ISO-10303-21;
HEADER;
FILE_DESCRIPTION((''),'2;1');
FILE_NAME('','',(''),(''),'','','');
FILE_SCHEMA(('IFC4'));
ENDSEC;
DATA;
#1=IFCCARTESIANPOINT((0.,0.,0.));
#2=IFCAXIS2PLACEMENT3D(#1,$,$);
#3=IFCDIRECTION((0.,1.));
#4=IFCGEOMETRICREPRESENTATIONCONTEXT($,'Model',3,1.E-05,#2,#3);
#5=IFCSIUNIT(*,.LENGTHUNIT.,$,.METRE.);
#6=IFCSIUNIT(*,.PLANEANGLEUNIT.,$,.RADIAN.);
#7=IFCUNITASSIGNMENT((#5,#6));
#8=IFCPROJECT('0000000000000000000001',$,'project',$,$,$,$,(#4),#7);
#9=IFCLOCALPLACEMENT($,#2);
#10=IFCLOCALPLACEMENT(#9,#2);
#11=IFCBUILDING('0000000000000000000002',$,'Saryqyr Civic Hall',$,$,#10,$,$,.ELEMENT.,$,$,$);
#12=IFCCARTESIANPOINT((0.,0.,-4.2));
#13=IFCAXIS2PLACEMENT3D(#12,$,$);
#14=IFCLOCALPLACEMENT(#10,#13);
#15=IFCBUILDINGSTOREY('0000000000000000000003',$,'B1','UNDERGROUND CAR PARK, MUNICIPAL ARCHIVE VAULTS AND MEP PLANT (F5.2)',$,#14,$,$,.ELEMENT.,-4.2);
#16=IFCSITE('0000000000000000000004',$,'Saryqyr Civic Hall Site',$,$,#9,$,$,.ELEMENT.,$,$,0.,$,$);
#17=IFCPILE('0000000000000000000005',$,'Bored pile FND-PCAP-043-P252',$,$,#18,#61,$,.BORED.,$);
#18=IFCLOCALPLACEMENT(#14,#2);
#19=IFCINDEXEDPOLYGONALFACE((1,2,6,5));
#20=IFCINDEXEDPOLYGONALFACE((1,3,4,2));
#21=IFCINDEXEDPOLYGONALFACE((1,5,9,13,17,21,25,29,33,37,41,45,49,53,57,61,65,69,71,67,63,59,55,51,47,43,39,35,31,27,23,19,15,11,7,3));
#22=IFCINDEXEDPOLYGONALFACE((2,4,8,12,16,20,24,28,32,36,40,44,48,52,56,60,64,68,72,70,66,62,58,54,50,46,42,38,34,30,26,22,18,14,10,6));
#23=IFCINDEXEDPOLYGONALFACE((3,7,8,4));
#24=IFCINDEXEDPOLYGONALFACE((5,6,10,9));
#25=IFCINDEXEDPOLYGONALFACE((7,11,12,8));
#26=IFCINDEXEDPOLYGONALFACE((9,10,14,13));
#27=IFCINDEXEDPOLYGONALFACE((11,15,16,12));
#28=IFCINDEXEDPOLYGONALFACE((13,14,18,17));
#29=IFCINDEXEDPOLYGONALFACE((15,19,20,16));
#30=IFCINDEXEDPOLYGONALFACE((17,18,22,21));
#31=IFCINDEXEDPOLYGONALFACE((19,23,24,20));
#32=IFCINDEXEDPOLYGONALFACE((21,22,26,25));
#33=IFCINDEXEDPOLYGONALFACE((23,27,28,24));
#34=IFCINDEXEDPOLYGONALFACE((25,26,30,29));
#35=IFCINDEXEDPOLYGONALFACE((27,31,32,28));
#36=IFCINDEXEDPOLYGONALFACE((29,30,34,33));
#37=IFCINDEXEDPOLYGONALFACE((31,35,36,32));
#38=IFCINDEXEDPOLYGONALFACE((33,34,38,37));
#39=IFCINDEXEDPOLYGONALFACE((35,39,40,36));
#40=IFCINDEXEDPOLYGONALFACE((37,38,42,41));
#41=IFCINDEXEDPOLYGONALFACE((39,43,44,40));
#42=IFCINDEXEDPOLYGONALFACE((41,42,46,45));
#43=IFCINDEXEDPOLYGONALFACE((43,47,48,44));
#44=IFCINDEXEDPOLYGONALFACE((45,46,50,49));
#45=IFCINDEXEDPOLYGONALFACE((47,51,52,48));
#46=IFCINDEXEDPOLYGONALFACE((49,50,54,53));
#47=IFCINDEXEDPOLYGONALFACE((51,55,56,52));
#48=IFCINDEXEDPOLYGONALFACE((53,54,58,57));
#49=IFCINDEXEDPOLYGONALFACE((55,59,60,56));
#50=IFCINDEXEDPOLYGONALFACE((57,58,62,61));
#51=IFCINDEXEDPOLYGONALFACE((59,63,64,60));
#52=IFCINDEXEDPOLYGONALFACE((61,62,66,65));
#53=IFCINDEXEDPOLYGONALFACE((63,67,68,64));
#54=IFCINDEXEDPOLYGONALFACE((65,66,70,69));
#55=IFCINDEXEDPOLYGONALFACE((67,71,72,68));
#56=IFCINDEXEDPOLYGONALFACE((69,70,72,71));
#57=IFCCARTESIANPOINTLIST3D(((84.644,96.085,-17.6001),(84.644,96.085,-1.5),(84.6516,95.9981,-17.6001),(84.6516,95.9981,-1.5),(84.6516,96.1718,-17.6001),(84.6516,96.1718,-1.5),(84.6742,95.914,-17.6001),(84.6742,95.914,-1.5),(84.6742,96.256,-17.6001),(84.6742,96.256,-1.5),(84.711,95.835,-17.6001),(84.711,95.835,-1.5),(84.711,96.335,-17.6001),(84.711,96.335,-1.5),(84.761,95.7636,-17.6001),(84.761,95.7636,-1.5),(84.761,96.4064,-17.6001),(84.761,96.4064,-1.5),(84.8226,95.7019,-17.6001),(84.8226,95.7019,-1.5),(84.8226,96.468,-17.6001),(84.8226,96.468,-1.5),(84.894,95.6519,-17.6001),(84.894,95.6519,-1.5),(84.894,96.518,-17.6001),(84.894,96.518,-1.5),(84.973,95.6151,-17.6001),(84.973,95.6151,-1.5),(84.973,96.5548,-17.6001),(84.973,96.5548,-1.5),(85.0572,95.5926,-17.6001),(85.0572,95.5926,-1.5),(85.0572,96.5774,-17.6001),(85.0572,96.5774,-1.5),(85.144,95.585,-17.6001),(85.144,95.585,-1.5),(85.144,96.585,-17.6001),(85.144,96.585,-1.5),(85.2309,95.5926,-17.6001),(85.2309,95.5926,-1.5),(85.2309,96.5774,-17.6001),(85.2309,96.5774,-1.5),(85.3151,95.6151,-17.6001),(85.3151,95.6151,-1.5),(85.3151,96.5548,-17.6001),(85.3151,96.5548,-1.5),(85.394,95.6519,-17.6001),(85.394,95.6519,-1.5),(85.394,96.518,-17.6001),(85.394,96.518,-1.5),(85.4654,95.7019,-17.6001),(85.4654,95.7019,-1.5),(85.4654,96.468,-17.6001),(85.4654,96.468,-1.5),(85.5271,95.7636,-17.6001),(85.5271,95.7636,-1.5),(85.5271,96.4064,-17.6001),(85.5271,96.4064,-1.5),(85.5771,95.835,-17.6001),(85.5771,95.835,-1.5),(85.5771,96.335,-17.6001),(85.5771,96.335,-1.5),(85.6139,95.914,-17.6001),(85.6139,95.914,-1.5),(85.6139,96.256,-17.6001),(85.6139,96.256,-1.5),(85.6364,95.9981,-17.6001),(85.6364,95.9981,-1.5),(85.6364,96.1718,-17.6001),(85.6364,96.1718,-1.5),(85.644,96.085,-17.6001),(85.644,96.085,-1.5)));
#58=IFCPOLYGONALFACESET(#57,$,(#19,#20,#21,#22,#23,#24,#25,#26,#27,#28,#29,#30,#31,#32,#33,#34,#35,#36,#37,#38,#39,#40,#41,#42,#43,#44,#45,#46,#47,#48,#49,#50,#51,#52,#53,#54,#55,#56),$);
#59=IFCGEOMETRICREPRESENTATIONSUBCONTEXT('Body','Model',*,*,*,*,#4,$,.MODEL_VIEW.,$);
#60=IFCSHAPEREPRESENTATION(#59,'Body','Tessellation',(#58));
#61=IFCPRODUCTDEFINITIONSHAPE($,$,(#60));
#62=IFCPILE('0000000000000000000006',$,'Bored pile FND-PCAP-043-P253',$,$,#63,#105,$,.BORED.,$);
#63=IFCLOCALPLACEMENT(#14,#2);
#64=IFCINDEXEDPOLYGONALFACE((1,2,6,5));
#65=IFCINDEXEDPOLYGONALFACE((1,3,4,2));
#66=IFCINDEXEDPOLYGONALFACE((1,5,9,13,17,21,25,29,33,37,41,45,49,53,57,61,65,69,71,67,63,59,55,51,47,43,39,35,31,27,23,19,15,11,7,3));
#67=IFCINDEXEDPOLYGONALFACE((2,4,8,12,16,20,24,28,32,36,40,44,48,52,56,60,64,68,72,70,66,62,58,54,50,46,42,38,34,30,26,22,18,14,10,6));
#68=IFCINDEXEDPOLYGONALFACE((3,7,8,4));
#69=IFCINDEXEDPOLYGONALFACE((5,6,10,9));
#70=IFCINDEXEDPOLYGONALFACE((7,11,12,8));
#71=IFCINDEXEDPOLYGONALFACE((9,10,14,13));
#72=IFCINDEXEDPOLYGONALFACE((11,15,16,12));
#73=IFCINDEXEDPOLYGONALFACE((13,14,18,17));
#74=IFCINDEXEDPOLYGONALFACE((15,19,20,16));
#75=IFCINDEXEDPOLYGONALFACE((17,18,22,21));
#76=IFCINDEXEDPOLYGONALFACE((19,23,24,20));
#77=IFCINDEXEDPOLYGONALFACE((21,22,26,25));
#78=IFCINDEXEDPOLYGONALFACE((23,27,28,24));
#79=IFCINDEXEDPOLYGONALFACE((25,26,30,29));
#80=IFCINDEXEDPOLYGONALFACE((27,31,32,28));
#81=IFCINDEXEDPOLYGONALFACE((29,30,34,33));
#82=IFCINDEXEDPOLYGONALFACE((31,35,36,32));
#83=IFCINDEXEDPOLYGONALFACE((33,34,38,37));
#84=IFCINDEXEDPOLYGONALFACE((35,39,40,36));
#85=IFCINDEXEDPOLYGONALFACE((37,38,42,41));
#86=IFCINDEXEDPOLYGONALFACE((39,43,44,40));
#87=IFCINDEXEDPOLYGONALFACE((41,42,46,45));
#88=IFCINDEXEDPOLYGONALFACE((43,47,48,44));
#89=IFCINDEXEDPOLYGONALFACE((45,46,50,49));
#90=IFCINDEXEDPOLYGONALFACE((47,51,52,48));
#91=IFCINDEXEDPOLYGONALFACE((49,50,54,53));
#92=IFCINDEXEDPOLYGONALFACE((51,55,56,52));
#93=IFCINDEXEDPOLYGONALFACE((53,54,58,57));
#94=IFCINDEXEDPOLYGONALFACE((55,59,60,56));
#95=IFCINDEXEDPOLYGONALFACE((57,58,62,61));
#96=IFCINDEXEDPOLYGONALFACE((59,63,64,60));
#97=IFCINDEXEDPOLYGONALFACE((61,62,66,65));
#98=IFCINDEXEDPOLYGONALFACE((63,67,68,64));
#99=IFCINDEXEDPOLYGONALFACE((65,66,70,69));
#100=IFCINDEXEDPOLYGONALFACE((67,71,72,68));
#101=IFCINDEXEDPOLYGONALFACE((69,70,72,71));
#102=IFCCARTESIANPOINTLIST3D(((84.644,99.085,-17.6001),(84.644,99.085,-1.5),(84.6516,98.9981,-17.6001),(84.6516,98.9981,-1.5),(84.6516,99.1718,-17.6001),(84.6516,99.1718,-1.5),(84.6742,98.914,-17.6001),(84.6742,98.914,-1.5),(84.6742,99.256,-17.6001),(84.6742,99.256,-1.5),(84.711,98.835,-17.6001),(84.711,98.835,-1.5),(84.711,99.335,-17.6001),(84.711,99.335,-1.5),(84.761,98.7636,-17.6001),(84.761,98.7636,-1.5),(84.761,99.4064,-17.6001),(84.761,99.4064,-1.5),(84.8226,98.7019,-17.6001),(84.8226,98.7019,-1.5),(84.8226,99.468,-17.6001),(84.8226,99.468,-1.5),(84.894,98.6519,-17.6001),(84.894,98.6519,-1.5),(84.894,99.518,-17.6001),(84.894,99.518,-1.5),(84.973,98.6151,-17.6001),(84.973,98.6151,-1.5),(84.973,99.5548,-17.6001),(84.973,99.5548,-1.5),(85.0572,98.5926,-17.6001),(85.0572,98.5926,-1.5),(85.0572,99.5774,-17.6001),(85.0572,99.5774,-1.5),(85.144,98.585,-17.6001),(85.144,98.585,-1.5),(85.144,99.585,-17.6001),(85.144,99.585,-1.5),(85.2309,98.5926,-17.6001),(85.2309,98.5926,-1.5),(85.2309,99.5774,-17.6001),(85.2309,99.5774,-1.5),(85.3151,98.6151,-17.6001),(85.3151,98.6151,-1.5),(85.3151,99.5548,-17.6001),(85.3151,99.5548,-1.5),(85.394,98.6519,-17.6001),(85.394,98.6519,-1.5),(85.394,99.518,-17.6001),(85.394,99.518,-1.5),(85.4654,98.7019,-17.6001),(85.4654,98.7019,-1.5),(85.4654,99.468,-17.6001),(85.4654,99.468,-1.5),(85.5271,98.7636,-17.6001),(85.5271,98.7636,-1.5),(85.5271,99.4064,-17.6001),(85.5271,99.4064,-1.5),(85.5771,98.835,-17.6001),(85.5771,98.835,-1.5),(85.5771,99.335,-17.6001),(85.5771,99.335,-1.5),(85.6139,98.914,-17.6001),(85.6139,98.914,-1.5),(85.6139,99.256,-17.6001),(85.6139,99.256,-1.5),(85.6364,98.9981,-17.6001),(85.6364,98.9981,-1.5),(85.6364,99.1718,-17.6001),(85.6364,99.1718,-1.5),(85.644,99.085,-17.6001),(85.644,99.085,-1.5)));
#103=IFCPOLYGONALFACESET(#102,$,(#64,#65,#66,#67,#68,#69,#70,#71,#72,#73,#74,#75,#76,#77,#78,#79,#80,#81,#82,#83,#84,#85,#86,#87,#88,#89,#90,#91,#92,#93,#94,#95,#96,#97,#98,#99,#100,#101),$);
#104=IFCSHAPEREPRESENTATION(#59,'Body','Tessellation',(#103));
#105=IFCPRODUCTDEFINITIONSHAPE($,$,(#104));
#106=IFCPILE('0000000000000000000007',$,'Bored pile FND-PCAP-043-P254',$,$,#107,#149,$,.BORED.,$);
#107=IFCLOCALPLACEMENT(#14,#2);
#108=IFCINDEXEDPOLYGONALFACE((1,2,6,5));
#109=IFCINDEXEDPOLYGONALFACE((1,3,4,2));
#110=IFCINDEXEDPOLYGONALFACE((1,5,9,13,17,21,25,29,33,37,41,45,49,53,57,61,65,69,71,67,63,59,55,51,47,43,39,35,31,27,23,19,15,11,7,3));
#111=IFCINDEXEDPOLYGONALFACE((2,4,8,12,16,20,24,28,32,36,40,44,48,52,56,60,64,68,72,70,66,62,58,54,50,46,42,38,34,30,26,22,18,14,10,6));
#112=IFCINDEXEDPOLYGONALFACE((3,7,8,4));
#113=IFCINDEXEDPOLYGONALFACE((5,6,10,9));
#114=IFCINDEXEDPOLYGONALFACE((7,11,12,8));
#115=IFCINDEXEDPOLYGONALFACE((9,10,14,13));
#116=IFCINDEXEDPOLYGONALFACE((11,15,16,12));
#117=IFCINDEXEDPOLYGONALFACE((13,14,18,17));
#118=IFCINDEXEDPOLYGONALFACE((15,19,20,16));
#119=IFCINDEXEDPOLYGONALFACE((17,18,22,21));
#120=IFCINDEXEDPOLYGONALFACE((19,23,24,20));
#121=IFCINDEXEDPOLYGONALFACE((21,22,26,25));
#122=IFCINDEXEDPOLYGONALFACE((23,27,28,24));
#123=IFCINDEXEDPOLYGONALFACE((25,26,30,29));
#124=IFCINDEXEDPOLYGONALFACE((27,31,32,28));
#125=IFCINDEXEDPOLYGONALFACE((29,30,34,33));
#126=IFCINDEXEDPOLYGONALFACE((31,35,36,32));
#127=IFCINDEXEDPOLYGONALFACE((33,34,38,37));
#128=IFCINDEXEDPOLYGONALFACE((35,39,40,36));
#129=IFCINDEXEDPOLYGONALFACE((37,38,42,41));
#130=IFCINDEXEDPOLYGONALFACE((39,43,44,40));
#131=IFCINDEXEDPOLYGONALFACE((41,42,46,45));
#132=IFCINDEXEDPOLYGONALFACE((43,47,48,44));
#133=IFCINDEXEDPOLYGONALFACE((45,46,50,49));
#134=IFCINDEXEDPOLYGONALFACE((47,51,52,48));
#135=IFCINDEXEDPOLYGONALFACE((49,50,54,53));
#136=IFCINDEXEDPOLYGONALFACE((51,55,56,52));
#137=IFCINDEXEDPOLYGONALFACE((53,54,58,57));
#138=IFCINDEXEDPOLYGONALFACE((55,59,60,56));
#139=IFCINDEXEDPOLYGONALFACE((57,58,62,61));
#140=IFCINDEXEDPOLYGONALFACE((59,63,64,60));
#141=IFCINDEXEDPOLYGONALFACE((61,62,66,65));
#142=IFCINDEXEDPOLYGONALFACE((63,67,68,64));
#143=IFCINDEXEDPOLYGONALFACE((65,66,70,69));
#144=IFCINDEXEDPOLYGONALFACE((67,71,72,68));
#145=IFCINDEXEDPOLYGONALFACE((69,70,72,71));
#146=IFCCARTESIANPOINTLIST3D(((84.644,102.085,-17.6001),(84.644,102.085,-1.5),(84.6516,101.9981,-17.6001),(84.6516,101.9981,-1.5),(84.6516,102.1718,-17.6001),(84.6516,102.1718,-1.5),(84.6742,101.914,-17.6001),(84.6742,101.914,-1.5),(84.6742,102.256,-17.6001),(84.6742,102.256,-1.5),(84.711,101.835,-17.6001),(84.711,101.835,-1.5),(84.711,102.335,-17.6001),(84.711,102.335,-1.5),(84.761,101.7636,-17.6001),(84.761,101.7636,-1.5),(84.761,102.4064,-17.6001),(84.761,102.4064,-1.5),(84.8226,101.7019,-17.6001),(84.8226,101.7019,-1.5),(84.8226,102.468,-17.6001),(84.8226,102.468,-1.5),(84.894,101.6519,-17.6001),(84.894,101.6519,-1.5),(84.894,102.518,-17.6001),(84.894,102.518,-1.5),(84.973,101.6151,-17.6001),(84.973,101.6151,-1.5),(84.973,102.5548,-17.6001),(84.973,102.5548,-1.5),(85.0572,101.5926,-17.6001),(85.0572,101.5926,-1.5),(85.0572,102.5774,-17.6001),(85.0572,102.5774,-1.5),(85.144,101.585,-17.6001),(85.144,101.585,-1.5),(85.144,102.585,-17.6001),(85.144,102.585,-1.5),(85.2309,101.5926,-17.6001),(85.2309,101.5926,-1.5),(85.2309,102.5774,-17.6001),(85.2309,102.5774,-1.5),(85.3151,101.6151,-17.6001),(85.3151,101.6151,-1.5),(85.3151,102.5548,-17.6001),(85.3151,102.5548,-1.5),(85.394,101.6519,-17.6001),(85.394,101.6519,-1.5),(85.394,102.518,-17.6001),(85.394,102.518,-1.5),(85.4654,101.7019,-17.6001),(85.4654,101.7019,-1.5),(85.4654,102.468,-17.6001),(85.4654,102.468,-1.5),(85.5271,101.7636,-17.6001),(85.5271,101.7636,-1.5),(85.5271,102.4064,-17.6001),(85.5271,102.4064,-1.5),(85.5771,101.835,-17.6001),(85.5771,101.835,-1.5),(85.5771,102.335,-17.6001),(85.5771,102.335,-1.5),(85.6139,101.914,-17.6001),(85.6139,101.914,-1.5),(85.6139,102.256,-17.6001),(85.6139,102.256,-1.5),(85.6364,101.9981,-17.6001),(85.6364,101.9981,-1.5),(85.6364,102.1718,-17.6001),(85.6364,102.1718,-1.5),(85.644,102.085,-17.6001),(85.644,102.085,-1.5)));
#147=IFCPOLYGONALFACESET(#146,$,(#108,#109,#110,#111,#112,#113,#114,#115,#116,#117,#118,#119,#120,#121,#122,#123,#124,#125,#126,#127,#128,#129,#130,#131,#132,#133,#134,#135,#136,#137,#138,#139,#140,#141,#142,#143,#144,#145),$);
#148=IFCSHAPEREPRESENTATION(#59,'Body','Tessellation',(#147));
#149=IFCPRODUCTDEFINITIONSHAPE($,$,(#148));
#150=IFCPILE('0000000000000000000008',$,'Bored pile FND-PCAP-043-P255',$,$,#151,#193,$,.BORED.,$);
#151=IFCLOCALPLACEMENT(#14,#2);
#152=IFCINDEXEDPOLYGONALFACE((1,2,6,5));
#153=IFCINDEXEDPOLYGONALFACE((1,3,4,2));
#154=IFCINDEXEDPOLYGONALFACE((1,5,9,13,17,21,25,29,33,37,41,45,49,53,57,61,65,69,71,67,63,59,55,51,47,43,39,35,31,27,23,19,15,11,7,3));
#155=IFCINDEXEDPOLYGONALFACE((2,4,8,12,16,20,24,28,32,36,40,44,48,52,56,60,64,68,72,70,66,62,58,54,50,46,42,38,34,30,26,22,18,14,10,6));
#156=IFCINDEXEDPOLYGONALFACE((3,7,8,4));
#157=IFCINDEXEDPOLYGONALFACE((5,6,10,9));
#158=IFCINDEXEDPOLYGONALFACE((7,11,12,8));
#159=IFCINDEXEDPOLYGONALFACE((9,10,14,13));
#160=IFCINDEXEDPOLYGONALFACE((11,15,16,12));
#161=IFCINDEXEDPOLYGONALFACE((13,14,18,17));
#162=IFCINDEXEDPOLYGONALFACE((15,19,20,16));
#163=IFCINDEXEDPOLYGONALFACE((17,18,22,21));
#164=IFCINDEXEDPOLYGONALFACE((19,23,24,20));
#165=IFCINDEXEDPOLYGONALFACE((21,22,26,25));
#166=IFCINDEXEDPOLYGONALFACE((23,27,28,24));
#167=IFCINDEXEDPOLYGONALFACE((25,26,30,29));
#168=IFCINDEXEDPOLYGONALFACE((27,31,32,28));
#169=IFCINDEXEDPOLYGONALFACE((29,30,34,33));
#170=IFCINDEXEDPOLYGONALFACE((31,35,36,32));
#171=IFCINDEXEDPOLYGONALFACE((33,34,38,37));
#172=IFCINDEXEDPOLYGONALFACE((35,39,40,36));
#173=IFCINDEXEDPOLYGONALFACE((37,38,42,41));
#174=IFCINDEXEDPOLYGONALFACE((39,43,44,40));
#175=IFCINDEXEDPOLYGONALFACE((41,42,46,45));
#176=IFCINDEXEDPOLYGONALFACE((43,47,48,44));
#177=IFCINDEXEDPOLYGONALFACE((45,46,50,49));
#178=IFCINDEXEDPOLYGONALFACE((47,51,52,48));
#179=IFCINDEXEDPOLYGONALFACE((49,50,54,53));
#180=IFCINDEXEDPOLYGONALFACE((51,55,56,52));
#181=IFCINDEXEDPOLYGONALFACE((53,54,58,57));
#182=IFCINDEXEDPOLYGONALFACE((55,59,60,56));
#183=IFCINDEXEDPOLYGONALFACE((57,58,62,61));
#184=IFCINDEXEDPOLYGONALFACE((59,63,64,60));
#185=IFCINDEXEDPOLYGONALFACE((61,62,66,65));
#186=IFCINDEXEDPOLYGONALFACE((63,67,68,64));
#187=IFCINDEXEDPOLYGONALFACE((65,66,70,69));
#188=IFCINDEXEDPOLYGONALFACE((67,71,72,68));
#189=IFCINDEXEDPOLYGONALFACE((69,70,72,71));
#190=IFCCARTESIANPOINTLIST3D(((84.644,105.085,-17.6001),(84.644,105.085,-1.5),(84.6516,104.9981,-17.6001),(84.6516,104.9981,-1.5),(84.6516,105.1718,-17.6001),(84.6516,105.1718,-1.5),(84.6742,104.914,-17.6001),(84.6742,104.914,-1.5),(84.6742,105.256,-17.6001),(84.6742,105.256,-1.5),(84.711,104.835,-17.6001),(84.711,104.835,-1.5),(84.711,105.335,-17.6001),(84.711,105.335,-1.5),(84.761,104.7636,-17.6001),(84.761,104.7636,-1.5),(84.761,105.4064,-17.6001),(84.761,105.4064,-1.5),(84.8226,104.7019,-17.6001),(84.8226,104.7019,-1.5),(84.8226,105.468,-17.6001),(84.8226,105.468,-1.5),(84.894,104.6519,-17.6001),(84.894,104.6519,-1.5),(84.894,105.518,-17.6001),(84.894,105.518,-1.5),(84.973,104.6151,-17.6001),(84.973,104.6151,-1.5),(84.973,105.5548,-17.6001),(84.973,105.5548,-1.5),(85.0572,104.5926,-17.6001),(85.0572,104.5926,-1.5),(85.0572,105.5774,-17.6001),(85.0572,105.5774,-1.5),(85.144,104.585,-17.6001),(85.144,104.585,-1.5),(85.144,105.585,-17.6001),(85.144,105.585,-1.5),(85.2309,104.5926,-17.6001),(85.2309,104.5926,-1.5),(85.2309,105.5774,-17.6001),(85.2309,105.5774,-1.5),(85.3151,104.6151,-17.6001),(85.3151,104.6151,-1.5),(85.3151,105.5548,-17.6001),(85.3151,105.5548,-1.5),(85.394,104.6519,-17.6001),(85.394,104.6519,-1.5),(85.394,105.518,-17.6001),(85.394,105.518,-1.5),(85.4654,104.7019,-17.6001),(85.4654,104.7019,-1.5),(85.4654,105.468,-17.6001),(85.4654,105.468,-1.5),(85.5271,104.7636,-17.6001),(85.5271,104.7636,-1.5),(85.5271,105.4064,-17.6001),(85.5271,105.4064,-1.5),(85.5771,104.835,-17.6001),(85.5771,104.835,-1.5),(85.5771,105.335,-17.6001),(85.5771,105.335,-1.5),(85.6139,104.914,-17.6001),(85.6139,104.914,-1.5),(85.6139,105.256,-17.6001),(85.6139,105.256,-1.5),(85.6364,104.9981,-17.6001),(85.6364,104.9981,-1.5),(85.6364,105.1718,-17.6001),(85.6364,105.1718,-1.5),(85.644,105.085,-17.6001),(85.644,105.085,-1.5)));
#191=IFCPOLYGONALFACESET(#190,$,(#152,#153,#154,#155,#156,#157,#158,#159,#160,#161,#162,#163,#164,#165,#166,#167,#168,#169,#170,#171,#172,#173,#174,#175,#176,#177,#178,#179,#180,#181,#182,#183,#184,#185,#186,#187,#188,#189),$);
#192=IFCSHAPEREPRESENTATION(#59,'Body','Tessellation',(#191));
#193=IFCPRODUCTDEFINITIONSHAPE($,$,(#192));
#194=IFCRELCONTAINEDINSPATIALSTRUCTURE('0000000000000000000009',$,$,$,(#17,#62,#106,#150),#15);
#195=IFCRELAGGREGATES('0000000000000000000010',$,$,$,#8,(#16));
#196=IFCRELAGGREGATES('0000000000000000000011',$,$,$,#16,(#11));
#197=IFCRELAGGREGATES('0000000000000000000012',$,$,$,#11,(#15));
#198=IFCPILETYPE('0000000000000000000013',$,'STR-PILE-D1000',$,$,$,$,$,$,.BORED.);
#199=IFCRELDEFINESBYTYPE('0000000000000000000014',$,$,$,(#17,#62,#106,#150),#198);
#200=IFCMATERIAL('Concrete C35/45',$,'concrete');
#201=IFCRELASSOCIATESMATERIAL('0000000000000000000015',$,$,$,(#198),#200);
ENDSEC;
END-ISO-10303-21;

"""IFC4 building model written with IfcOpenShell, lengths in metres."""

from ifc_helpers import new_model, si_unit, direction, frame, origin, origin_2d, place, context, subcontext, project, spatial, circle, extrude, material, material_profile, profile_set, type_object, element, save


model = new_model("IFC4")

# Units and contexts
model_context = context("Model", 3, precision=1e-05, world=origin(), true_north=direction((0.0, 1.0)))
body_context = subcontext(model_context, "Body", "Model", "MODEL_VIEW")
ifc_project = project(units=[si_unit("LENGTHUNIT", "METRE"), si_unit("PLANEANGLEUNIT", "RADIAN")], contexts=[model_context])

# Site, building, storey
site_placement = place(None, origin())
site = spatial("IfcSite", under=ifc_project, at=site_placement, Name="Saryqyr Civic Hall Site", CompositionType="ELEMENT", RefElevation=0.0)
building_placement = place(site_placement, origin())
building = spatial("IfcBuilding", under=site, at=building_placement, Name="Saryqyr Civic Hall", CompositionType="ELEMENT")
storey_placement = place(building_placement, frame((0.0, 0.0, -4.2)))
storey = spatial("IfcBuildingStorey", under=building, at=storey_placement, Name="B1", Description="UNDERGROUND CAR PARK, MUNICIPAL ARCHIVE VAULTS AND MEP PLANT (F5.2)", CompositionType="ELEMENT", Elevation=-4.2)

# Piles
ifc_material_1 = material(Name="Concrete C35/45", Category="concrete")
ifc_material_profile_1 = material_profile(ifc_material_1, circle(Radius=0.5, at=origin_2d()), Name="BORED PILE D1000")
ifc_profile_set_1 = profile_set([ifc_material_profile_1], Name="Concrete C35/45")
pile_type = type_object("IfcPileType", Name="STR-PILE-D1000", PredefinedType="BORED", material=ifc_profile_set_1)
for number, where, z_axis, x_axis, name in (
    (1, (85.144, 96.085, -1.5), (0.0, 0.0, -1.0), (1.0, 0.0, 0.0), "Bored pile FND-PCAP-043-P252"),
    (2, (85.144, 99.085, -1.5), (0.0, 0.0, -1.0), (1.0, 0.0, 0.0), "Bored pile FND-PCAP-043-P253"),
    (3, (85.144, 102.085, -1.5), (0.0, 0.0, -1.0), (1.0, 0.0, 0.0), "Bored pile FND-PCAP-043-P254"),
    (4, (85.144, 105.085, -1.5), (0.0, 0.0, -1.0), (1.0, 0.0, 0.0), "Bored pile FND-PCAP-043-P255"),
):
    element("IfcPile", number, at=place(storey_placement, frame(where, z_axis=z_axis, x_axis=x_axis)), inside=storey, type_object=pile_type, Name=name, PredefinedType="BORED", context=body_context, shape_type="SweptSolid", body=[
        extrude(circle(Radius=0.5, at=origin_2d()), origin(), (0.0, 0.0, 1.0), 16.1001),
    ])

save(model, "model.ifc")
